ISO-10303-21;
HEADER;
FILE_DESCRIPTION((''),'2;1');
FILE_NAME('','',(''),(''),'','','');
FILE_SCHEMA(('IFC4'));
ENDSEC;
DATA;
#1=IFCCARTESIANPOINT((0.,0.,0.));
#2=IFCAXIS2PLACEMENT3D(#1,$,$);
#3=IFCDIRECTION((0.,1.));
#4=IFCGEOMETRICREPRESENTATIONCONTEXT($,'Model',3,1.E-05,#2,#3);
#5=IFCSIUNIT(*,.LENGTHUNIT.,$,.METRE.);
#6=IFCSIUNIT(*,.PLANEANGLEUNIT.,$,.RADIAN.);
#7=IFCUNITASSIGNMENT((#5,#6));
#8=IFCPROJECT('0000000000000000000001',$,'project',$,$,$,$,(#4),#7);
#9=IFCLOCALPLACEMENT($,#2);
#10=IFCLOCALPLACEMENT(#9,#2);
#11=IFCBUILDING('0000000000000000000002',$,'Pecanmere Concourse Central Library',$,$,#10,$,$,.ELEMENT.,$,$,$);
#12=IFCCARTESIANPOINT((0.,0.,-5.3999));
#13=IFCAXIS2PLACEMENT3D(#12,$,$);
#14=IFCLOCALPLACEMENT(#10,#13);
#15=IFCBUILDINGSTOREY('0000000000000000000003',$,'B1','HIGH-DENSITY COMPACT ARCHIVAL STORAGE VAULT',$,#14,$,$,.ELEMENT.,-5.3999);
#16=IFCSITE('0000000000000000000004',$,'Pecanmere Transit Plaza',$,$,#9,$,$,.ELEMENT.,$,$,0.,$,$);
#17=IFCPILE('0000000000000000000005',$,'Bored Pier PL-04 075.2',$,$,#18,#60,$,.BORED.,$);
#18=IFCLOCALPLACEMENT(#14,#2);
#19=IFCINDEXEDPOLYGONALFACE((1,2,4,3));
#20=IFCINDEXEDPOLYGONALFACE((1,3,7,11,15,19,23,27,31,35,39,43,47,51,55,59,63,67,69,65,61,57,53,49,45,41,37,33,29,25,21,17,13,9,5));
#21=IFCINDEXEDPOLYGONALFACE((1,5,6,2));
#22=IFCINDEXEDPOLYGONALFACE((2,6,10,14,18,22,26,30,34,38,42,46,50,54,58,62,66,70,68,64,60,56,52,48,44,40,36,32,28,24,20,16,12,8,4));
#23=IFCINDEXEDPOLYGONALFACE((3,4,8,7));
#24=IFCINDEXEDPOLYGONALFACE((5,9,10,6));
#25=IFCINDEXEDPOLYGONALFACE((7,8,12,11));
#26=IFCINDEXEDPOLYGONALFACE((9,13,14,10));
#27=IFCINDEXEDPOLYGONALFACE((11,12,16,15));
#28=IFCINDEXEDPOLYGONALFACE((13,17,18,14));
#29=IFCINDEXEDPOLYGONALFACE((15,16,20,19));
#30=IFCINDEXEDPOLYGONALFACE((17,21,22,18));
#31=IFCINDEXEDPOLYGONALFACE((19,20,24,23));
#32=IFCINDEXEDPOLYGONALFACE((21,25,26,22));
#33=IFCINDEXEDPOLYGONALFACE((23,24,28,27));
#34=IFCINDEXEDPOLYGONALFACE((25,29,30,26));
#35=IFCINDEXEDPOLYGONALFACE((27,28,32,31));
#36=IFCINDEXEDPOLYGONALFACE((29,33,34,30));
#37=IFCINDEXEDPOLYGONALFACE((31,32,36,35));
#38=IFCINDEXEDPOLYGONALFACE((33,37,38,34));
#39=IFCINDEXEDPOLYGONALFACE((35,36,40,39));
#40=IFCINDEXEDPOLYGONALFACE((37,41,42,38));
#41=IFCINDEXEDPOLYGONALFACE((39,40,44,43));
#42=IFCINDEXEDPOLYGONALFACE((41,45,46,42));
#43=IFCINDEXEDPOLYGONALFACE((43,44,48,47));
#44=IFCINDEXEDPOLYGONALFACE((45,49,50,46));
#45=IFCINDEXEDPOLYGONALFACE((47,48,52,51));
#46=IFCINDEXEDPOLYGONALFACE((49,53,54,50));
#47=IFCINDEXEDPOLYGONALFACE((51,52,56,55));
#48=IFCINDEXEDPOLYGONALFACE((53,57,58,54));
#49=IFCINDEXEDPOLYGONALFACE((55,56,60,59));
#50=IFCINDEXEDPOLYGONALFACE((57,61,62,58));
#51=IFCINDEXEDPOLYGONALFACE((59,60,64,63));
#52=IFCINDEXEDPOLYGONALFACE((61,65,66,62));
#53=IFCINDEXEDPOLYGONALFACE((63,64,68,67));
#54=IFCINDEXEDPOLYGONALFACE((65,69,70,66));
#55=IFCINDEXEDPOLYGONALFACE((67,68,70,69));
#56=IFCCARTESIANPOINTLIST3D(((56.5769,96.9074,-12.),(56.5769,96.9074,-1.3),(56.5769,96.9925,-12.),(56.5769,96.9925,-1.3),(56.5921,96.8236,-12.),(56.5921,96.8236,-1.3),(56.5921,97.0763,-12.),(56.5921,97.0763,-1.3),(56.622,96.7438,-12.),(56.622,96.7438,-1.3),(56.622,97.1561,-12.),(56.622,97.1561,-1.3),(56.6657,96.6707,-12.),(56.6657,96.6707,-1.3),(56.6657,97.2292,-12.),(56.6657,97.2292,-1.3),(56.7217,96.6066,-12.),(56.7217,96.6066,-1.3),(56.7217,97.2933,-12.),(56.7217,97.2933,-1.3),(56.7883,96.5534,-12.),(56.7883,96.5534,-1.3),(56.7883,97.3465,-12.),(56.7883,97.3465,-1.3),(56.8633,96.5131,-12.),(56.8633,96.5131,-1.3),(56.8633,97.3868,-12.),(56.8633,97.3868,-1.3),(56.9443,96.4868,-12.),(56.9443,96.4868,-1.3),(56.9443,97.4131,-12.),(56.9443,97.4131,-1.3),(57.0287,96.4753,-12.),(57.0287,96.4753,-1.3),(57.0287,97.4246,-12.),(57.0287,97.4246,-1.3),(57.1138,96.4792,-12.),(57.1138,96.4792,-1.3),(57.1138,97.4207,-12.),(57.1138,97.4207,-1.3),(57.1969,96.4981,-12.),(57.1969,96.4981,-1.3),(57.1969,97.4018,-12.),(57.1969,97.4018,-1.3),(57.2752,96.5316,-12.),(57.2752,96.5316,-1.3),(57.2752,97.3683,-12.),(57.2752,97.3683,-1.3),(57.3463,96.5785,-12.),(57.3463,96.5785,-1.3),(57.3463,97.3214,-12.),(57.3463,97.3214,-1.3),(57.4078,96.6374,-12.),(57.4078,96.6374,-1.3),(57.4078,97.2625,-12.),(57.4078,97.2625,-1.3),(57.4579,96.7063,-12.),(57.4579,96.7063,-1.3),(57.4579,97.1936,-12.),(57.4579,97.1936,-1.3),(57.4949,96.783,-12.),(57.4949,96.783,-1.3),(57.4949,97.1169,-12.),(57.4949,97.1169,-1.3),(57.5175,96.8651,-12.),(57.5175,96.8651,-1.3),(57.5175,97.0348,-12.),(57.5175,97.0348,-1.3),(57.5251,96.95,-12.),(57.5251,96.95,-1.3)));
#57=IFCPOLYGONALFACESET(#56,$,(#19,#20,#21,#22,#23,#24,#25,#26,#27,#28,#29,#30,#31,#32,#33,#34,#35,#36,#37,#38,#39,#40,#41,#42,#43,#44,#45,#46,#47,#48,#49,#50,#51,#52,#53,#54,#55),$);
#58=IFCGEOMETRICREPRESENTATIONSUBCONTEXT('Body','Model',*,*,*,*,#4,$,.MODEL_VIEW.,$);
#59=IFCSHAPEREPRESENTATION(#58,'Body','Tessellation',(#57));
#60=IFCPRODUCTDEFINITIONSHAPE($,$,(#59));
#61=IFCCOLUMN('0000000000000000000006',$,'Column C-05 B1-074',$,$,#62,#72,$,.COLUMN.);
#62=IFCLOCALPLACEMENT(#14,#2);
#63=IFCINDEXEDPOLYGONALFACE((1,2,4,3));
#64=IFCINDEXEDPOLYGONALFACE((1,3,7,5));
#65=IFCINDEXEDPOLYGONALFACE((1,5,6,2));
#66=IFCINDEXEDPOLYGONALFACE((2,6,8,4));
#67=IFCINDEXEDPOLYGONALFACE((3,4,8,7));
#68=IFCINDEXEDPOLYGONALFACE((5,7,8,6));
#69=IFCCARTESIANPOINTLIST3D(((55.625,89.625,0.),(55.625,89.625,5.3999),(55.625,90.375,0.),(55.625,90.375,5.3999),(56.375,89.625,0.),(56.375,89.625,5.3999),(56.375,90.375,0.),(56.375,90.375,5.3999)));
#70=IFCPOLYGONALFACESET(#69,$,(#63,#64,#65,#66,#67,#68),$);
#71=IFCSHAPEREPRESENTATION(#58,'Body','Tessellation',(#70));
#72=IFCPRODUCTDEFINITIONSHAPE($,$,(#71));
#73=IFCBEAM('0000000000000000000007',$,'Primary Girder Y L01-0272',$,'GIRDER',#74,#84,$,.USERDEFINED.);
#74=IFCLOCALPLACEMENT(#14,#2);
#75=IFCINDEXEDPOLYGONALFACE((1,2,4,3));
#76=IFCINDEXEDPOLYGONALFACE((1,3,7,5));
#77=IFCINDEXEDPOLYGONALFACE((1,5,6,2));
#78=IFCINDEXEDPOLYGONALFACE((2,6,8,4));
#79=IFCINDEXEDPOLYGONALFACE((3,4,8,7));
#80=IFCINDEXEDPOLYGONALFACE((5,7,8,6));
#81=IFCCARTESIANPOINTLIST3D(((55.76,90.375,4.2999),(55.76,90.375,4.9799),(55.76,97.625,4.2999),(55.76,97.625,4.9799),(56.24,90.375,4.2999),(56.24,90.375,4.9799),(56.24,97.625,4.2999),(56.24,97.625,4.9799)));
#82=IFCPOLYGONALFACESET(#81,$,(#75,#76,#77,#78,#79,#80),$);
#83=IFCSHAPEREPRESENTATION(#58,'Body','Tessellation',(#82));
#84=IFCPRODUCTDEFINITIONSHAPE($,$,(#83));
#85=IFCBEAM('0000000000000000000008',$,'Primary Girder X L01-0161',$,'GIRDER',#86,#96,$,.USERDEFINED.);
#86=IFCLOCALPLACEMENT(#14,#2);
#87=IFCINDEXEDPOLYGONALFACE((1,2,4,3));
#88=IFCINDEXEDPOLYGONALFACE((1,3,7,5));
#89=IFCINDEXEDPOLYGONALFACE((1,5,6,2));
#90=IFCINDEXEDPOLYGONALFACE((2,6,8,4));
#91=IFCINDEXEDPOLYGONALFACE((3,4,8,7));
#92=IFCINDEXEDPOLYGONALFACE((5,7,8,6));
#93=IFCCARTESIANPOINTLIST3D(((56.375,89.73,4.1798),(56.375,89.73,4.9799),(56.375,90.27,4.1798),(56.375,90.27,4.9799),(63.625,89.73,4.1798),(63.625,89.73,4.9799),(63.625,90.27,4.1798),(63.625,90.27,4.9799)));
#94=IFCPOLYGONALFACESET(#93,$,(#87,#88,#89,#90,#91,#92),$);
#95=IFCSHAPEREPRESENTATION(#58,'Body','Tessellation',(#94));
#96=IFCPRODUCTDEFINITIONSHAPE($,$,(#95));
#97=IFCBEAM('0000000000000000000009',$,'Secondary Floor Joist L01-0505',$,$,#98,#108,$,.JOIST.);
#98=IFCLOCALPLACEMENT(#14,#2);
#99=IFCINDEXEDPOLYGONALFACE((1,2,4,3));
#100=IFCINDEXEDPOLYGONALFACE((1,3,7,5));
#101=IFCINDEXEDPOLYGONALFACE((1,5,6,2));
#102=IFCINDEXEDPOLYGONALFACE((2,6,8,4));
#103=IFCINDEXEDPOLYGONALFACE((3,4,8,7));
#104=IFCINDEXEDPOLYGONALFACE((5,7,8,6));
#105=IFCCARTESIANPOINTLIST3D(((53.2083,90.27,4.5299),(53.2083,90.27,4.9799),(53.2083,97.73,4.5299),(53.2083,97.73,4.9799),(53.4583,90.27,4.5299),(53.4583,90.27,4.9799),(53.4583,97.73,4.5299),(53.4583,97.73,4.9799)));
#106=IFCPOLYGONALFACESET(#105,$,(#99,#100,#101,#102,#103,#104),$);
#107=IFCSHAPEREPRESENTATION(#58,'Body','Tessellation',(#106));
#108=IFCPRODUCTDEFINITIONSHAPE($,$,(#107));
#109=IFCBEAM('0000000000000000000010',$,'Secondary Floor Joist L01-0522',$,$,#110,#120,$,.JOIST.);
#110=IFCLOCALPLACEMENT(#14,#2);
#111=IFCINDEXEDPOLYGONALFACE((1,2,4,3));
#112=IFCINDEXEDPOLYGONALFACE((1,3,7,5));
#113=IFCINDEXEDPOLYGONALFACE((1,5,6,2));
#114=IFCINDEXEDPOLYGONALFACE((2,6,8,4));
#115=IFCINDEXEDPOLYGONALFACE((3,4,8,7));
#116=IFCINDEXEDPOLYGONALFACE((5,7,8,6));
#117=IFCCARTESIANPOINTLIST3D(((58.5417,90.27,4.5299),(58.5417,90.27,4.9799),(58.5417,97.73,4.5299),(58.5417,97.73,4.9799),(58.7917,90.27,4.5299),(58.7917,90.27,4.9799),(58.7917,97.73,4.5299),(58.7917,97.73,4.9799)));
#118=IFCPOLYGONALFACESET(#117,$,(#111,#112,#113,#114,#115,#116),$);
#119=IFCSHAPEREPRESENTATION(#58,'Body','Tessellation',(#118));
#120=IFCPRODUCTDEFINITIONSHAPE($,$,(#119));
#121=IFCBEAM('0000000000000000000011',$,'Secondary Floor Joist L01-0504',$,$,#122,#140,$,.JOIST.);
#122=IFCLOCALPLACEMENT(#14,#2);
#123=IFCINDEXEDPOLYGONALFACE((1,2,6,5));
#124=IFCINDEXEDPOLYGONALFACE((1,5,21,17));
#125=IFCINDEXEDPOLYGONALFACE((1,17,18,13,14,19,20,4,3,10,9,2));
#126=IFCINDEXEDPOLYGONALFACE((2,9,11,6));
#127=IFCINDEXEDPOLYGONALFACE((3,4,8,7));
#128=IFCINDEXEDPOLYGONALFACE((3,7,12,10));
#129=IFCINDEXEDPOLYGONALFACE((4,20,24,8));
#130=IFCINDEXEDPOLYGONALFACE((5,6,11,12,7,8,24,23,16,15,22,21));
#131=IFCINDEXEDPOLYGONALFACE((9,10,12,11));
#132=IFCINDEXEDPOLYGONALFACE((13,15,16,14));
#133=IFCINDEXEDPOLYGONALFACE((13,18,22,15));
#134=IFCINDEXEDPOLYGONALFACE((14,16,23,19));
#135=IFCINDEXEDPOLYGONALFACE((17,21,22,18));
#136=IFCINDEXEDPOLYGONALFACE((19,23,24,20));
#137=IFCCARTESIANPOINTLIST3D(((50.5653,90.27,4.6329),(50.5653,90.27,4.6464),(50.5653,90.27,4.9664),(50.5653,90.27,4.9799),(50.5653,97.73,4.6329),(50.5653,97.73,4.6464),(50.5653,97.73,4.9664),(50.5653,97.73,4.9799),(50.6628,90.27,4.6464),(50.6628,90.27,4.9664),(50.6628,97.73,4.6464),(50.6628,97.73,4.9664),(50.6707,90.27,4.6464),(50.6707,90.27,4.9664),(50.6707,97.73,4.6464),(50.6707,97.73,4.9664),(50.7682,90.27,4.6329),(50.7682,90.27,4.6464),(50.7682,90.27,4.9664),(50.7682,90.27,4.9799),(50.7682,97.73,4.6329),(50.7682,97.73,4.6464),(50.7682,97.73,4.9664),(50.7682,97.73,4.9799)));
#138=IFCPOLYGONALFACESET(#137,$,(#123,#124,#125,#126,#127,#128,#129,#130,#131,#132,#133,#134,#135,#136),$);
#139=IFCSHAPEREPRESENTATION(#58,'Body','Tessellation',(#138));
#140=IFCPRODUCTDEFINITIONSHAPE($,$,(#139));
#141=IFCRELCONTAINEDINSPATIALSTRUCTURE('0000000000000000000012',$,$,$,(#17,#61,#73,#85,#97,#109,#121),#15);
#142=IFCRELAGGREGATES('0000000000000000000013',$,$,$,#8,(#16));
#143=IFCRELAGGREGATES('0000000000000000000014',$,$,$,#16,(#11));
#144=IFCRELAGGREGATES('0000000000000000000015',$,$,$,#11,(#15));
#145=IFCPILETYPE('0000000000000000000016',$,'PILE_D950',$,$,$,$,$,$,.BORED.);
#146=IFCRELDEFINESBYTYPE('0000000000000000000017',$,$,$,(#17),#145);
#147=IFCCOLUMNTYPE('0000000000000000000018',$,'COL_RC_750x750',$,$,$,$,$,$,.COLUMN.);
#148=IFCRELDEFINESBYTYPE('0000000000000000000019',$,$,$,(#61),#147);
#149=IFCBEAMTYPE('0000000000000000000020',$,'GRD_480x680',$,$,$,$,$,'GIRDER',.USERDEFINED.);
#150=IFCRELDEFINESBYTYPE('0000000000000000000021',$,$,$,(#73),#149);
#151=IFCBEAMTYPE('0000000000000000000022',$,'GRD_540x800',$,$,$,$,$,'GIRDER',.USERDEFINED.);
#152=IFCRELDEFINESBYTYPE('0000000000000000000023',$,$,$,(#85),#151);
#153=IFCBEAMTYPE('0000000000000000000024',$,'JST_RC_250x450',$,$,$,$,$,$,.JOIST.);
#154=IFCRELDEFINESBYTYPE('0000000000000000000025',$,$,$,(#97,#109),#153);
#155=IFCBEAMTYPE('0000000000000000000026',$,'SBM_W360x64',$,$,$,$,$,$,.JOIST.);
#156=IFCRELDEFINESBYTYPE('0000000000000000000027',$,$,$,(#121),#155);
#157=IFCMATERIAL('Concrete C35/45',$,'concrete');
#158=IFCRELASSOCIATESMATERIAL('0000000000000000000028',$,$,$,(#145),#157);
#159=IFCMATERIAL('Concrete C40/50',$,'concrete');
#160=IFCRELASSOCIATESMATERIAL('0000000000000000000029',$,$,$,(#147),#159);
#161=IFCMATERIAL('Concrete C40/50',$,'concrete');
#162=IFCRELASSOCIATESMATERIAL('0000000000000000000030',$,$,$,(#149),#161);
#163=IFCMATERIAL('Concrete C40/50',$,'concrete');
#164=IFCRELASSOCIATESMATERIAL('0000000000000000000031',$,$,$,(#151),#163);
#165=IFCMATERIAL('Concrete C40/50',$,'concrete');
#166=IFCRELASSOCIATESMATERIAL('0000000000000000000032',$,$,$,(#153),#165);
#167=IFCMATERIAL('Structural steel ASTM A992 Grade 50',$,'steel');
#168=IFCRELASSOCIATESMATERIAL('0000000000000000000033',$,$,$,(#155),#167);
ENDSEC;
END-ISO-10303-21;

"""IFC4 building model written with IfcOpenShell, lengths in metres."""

from ifc_helpers import new_model, si_unit, direction, frame, origin, origin_2d, place, context, subcontext, project, spatial, rectangle, circle, i_section, extrude, material, material_profile, profile_set, type_object, element, save


model = new_model("IFC4")

# Units and contexts
model_context = context("Model", 3, precision=1e-05, world=origin(), true_north=direction((0.0, 1.0)))
body_context = subcontext(model_context, "Body", "Model", "MODEL_VIEW")
ifc_project = project(units=[si_unit("LENGTHUNIT", "METRE"), si_unit("PLANEANGLEUNIT", "RADIAN")], contexts=[model_context])

# Site, building, storey
site_placement = place(None, origin())
site = spatial("IfcSite", under=ifc_project, at=site_placement, Name="Pecanmere Transit Plaza", CompositionType="ELEMENT", RefElevation=0.0)
building_placement = place(site_placement, origin())
building = spatial("IfcBuilding", under=site, at=building_placement, Name="Pecanmere Concourse Central Library", CompositionType="ELEMENT")
storey_placement = place(building_placement, frame((0.0, 0.0, -5.3999)))
storey = spatial("IfcBuildingStorey", under=building, at=storey_placement, Name="B1", Description="HIGH-DENSITY COMPACT ARCHIVAL STORAGE VAULT", CompositionType="ELEMENT", Elevation=-5.3999)

# Pile
ifc_material_1 = material(Name="Concrete C35/45", Category="concrete")
ifc_material_profile_1 = material_profile(ifc_material_1, circle(Radius=0.4751, at=origin_2d()), Name="PIER D950")
ifc_profile_set_1 = profile_set([ifc_material_profile_1], Name="Concrete C35/45")
pile_type = type_object("IfcPileType", Name="PILE_D950", PredefinedType="BORED", material=ifc_profile_set_1)
for number, where, z_axis, x_axis, name in (
    (1, (57.05, 96.95, -1.3), (0.0, 0.0, -1.0), (1.0, 0.0, 0.0), "Bored Pier PL-04 075.2"),
):
    element("IfcPile", number, at=place(storey_placement, frame(where, z_axis=z_axis, x_axis=x_axis)), inside=storey, type_object=pile_type, Name=name, PredefinedType="BORED", context=body_context, shape_type="SweptSolid", body=[
        extrude(circle(Radius=0.4751, at=origin_2d()), origin(), (0.0, 0.0, 1.0), 10.7),
    ])

# Column
ifc_material_2 = material(Name="Concrete C40/50", Category="concrete")
ifc_material_profile_2 = material_profile(ifc_material_2, rectangle(XDim=0.75, YDim=0.75, at=origin_2d()), Name="RC 750x750")
ifc_profile_set_2 = profile_set([ifc_material_profile_2], Name="Concrete C40/50")
column_type = type_object("IfcColumnType", Name="COL_RC_750x750", PredefinedType="COLUMN", material=ifc_profile_set_2)
column_placement = place(storey_placement, frame((56.0, 90.0, 0.0), z_axis=(0.0, 0.0, 1.0), x_axis=(1.0, 0.0, 0.0)))
element("IfcColumn", 2, at=column_placement, inside=storey, type_object=column_type, Name="Column C-05 B1-074", PredefinedType="COLUMN", context=body_context, shape_type="SweptSolid", body=[
    extrude(rectangle(XDim=0.75, YDim=0.75, at=origin_2d()), origin(), (0.0, 0.0, 1.0), 5.3999),
])

# Beams
ifc_material_3 = material(Name="Concrete C40/50", Category="concrete")
ifc_material_profile_3 = material_profile(ifc_material_3, rectangle(XDim=0.48, YDim=0.6799, at=origin_2d()), Name="RC 480x680")
ifc_profile_set_3 = profile_set([ifc_material_profile_3], Name="Concrete C40/50")
beam_type_1 = type_object("IfcBeamType", Name="GRD_480x680", ElementType="GIRDER", PredefinedType="USERDEFINED", material=ifc_profile_set_3)
beam_1_placement = place(storey_placement, frame((56.0, 90.375, 4.6399), z_axis=(0.0, 1.0, 0.0), x_axis=(-1.0, 0.0, 0.0)))
element("IfcBeam", 3, at=beam_1_placement, inside=storey, type_object=beam_type_1, Name="Primary Girder Y L01-0272", ObjectType="GIRDER", PredefinedType="USERDEFINED", context=body_context, shape_type="SweptSolid", body=[
    extrude(rectangle(XDim=0.48, YDim=0.6799, at=origin_2d()), origin(), (0.0, 0.0, 1.0), 7.25),
])
ifc_material_4 = material(Name="Concrete C40/50", Category="concrete")
ifc_material_profile_4 = material_profile(ifc_material_4, rectangle(XDim=0.54, YDim=0.8, at=origin_2d()), Name="RC 540x800")
ifc_profile_set_4 = profile_set([ifc_material_profile_4], Name="Concrete C40/50")
beam_type_2 = type_object("IfcBeamType", Name="GRD_540x800", ElementType="GIRDER", PredefinedType="USERDEFINED", material=ifc_profile_set_4)
beam_2_placement = place(storey_placement, frame((56.375, 90.0, 4.5798), z_axis=(1.0, 0.0, 0.0), x_axis=(0.0, 1.0, 0.0)))
element("IfcBeam", 4, at=beam_2_placement, inside=storey, type_object=beam_type_2, Name="Primary Girder X L01-0161", ObjectType="GIRDER", PredefinedType="USERDEFINED", context=body_context, shape_type="SweptSolid", body=[
    extrude(rectangle(XDim=0.54, YDim=0.8, at=origin_2d()), origin(), (0.0, 0.0, 1.0), 7.25),
])
ifc_material_5 = material(Name="Concrete C40/50", Category="concrete")
ifc_material_profile_5 = material_profile(ifc_material_5, rectangle(XDim=0.25, YDim=0.45, at=origin_2d()), Name="RC 250x450")
ifc_profile_set_5 = profile_set([ifc_material_profile_5], Name="Concrete C40/50")
beam_type_3 = type_object("IfcBeamType", Name="JST_RC_250x450", PredefinedType="JOIST", material=ifc_profile_set_5)
for number, where, z_axis, x_axis, name in (
    (5, (53.3333, 90.27, 4.7549), (0.0, 1.0, 0.0), (-1.0, 0.0, 0.0), "Secondary Floor Joist L01-0505"),
    (6, (58.6667, 90.27, 4.7549), (0.0, 1.0, 0.0), (-1.0, 0.0, 0.0), "Secondary Floor Joist L01-0522"),
):
    element("IfcBeam", number, at=place(storey_placement, frame(where, z_axis=z_axis, x_axis=x_axis)), inside=storey, type_object=beam_type_3, Name=name, PredefinedType="JOIST", context=body_context, shape_type="SweptSolid", body=[
        extrude(rectangle(XDim=0.25, YDim=0.45, at=origin_2d()), origin(), (0.0, 0.0, 1.0), 7.46),
    ])
ifc_material_6 = material(Name="Structural steel ASTM A992 Grade 50", Category="steel")
ifc_material_profile_6 = material_profile(ifc_material_6, i_section(OverallWidth=0.2029, OverallDepth=0.3469, WebThickness=0.0078, FlangeThickness=0.0134, at=origin_2d()), Name="W360x64")
ifc_profile_set_6 = profile_set([ifc_material_profile_6], Name="Structural steel ASTM A992 Grade 50")
beam_type_4 = type_object("IfcBeamType", Name="SBM_W360x64", PredefinedType="JOIST", material=ifc_profile_set_6)
beam_3_placement = place(storey_placement, frame((50.6667, 90.27, 4.8064), z_axis=(0.0, 1.0, 0.0), x_axis=(-1.0, 0.0, 0.0)))
element("IfcBeam", 7, at=beam_3_placement, inside=storey, type_object=beam_type_4, Name="Secondary Floor Joist L01-0504", PredefinedType="JOIST", context=body_context, shape_type="SweptSolid", body=[
    extrude(i_section(OverallWidth=0.2029, OverallDepth=0.3469, WebThickness=0.0078, FlangeThickness=0.0134, at=origin_2d()), origin(), (0.0, 0.0, 1.0), 7.46),
])

save(model, "model.ifc")
